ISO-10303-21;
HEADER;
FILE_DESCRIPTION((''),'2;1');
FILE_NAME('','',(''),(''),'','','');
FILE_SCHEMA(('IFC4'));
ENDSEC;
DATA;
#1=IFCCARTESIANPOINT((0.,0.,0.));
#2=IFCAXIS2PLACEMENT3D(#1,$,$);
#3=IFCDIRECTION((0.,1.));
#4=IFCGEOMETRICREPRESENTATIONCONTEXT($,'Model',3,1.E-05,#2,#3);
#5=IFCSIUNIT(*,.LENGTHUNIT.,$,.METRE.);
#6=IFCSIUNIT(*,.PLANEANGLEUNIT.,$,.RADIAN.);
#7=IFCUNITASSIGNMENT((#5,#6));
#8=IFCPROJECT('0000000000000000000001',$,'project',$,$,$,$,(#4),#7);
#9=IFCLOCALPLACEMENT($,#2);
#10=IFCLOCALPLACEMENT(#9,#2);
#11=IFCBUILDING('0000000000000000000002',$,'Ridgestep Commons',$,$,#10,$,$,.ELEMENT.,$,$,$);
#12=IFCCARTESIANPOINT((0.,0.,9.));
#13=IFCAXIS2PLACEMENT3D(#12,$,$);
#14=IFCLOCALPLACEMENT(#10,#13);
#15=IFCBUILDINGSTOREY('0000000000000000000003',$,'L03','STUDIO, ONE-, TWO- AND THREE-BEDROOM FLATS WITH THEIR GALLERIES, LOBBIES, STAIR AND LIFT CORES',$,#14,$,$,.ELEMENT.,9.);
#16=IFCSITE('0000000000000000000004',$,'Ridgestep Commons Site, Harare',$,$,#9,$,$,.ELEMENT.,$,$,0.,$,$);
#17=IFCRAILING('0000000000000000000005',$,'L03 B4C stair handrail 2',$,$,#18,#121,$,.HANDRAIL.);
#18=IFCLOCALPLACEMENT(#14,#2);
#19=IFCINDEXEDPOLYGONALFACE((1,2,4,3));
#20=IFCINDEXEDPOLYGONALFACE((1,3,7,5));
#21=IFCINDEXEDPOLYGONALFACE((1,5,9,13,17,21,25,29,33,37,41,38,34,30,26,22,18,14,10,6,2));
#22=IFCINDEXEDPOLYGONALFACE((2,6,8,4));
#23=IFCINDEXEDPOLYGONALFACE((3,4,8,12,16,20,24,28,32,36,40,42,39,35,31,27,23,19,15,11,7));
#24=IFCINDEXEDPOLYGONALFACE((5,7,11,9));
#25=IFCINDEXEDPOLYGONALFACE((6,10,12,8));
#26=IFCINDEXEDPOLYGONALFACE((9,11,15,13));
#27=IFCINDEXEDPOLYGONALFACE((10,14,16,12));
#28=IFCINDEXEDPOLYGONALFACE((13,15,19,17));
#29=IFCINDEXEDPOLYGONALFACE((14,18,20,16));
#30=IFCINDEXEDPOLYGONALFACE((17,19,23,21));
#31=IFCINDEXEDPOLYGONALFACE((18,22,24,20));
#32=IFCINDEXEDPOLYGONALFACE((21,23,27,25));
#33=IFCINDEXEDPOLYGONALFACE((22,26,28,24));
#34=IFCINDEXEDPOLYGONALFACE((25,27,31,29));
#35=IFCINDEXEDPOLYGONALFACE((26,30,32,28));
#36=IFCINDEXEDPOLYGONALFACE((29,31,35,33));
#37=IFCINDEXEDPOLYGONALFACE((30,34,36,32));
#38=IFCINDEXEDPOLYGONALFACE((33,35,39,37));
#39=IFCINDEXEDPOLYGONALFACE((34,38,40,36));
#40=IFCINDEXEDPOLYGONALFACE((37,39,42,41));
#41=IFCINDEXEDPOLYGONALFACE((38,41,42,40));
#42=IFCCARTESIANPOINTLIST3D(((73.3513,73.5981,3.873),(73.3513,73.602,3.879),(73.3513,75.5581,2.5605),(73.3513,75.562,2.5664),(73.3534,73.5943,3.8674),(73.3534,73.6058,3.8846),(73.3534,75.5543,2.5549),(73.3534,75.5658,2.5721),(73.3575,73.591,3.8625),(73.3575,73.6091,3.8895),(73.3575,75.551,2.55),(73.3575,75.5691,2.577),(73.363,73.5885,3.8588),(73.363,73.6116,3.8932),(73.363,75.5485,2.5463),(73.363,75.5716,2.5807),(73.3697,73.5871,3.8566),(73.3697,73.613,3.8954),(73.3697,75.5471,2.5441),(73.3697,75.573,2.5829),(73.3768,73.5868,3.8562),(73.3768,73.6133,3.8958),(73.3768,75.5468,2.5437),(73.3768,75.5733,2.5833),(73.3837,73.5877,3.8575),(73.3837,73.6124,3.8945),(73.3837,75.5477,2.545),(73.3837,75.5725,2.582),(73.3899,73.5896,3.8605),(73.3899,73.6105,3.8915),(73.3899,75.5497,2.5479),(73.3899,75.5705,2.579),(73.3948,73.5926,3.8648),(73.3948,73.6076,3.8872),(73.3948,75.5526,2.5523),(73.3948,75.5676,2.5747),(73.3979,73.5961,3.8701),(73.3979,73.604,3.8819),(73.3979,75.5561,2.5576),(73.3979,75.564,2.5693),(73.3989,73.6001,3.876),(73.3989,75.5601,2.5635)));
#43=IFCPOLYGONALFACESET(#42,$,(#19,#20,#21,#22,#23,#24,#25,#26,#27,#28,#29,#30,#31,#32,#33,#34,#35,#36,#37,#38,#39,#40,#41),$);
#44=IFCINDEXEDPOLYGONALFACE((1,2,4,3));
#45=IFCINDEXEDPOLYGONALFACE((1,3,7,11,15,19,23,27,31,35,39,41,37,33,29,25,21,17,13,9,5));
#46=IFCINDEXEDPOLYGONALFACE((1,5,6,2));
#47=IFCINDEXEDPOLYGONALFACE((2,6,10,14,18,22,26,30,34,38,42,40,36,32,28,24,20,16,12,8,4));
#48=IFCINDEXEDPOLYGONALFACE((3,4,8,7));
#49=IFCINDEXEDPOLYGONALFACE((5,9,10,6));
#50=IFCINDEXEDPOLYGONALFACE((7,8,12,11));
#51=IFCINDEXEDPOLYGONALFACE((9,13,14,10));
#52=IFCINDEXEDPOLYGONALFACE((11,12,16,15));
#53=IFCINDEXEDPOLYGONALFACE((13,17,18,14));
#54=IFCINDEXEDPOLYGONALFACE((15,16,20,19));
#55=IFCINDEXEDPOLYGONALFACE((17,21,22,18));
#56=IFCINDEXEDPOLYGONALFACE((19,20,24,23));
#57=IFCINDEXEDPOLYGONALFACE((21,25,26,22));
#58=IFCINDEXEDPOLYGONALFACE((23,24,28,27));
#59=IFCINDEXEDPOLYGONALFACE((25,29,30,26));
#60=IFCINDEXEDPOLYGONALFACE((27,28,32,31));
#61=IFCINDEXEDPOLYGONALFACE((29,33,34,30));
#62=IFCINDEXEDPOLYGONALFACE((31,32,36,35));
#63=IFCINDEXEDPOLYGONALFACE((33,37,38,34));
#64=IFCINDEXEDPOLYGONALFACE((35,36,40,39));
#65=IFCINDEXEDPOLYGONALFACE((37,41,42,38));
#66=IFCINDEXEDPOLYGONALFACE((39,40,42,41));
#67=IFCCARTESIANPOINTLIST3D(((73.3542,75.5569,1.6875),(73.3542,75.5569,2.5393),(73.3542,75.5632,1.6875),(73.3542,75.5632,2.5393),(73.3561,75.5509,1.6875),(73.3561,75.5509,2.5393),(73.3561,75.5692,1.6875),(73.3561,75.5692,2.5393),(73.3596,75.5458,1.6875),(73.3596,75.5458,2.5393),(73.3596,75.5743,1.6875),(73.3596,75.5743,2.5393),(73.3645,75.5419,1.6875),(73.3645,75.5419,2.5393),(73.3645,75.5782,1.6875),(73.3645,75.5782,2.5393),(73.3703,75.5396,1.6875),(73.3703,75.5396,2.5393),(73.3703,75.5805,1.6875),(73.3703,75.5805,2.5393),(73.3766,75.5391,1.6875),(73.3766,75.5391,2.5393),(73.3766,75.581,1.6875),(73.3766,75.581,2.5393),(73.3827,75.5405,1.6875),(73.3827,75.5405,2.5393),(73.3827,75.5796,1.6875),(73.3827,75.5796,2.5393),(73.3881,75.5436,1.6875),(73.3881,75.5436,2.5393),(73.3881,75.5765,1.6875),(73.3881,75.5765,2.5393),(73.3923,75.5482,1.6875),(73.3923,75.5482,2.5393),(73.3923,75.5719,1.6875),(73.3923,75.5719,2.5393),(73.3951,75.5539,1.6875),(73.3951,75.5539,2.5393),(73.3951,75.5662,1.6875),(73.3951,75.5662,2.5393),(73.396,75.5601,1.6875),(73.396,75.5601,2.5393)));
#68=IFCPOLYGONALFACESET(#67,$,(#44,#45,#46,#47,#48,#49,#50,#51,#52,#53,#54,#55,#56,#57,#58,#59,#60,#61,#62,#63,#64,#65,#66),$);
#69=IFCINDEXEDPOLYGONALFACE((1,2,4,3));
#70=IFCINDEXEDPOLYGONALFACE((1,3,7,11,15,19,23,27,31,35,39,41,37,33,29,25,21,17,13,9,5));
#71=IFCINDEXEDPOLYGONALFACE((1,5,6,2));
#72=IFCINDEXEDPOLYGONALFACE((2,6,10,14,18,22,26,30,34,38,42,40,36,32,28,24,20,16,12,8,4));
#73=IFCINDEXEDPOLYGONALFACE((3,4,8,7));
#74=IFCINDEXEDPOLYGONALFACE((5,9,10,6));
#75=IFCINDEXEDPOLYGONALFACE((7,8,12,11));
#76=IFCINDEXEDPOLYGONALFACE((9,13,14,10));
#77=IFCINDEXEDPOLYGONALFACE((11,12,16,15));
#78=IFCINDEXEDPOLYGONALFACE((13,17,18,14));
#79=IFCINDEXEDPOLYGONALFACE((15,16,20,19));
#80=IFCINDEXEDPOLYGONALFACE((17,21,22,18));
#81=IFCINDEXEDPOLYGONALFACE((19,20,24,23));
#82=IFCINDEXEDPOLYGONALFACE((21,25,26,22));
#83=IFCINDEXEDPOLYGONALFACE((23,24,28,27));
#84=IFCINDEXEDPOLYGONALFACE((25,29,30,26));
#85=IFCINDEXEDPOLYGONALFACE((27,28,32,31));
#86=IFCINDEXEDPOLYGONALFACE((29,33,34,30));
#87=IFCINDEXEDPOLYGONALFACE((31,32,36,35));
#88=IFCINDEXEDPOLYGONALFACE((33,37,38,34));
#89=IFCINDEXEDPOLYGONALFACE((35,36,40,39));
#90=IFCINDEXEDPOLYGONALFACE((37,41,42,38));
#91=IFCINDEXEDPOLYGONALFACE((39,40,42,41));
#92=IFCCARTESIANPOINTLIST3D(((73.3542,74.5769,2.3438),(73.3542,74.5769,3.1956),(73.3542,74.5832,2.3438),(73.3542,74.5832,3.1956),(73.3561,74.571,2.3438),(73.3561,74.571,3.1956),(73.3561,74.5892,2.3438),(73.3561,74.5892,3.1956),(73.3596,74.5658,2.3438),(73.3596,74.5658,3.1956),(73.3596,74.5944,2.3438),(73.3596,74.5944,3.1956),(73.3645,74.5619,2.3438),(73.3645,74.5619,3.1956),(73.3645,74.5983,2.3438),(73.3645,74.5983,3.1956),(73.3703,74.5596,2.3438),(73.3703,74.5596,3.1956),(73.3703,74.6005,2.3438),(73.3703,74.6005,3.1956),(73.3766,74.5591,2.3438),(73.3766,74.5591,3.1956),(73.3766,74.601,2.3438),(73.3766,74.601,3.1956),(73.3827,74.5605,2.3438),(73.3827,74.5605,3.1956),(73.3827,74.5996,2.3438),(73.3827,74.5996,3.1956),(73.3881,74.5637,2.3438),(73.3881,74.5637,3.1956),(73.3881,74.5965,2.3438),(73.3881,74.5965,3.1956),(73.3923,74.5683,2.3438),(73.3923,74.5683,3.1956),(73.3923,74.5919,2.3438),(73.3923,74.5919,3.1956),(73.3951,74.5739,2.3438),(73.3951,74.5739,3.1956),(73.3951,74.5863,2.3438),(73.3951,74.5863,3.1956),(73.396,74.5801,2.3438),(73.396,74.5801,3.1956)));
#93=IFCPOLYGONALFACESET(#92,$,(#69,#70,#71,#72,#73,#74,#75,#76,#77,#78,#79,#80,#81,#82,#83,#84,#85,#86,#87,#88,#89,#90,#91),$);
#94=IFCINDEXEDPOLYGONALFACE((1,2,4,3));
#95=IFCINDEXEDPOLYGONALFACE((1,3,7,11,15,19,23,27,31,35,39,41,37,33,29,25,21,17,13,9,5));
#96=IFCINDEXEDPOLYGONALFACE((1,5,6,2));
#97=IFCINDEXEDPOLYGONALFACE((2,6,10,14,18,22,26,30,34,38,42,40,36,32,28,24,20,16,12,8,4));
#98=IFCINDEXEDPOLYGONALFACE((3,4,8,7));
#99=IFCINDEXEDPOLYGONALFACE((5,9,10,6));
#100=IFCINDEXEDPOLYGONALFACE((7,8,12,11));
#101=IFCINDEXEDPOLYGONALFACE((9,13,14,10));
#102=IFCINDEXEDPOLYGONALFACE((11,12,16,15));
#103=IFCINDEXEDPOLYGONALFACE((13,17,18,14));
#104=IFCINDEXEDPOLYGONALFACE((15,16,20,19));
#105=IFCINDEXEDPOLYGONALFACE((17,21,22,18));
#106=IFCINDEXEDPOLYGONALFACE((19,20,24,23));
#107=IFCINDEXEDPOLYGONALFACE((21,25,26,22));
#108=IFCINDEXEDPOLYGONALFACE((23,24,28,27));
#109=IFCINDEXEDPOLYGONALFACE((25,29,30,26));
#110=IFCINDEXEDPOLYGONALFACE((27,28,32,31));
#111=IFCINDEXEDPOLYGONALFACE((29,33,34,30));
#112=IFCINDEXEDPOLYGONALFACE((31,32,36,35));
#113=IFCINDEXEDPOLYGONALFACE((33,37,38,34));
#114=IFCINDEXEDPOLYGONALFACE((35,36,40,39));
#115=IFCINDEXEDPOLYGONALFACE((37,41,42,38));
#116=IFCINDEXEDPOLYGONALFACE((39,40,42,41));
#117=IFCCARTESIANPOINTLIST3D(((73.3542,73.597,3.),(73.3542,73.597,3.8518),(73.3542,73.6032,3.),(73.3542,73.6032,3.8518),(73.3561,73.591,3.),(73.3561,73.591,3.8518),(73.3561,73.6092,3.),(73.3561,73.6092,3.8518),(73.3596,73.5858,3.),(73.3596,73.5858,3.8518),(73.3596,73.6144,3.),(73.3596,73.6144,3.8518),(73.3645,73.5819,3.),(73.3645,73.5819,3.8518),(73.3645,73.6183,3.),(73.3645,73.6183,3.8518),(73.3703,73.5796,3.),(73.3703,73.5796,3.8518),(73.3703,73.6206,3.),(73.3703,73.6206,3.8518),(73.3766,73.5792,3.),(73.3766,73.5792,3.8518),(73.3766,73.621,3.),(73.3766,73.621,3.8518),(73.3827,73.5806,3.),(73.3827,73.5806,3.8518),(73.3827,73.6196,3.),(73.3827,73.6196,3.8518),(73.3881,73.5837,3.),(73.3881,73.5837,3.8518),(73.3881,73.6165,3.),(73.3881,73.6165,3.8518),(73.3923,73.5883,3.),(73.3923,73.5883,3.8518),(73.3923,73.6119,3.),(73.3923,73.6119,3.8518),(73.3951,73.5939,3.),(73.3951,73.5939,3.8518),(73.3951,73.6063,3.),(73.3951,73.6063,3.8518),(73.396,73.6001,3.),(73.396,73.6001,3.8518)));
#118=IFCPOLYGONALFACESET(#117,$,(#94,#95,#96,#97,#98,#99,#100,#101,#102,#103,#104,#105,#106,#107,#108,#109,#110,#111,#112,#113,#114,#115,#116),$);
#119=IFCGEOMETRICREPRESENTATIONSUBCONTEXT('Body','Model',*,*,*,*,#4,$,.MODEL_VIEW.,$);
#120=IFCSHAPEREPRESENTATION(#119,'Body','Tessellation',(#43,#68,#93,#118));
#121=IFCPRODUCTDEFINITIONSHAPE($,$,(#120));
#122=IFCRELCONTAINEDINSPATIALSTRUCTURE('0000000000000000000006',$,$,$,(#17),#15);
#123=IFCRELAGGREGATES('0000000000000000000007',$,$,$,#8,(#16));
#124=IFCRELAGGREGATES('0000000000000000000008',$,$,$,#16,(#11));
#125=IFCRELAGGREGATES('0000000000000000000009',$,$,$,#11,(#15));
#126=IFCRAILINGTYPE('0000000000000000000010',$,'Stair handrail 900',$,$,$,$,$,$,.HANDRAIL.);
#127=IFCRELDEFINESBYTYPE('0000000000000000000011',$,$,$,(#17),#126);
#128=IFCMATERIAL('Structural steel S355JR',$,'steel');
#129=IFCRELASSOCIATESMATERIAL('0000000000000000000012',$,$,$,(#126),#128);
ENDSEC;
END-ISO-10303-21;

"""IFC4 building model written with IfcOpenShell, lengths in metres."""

from ifc_helpers import new_model, si_unit, direction, frame, origin, origin_2d, place, context, subcontext, project, spatial, circle, extrude, material, type_object, element, save


model = new_model("IFC4")

# Units and contexts
model_context = context("Model", 3, precision=1e-05, world=origin(), true_north=direction((0.0, 1.0)))
body_context = subcontext(model_context, "Body", "Model", "MODEL_VIEW")
ifc_project = project(units=[si_unit("LENGTHUNIT", "METRE"), si_unit("PLANEANGLEUNIT", "RADIAN")], contexts=[model_context])

# Site, building, storey
site_placement = place(None, origin())
site = spatial("IfcSite", under=ifc_project, at=site_placement, Name="Ridgestep Commons Site, Harare", CompositionType="ELEMENT", RefElevation=0.0)
building_placement = place(site_placement, origin())
building = spatial("IfcBuilding", under=site, at=building_placement, Name="Ridgestep Commons", CompositionType="ELEMENT")
storey_placement = place(building_placement, frame((0.0, 0.0, 9.0)))
storey = spatial("IfcBuildingStorey", under=building, at=storey_placement, Name="L03", Description="STUDIO, ONE-, TWO- AND THREE-BEDROOM FLATS WITH THEIR GALLERIES, LOBBIES, STAIR AND LIFT CORES", CompositionType="ELEMENT", Elevation=9.0)

# Railing
ifc_material_1 = material(Name="Structural steel S355JR", Category="steel")
railing_type_1 = type_object("IfcRailingType", Name="Stair handrail 900", PredefinedType="HANDRAIL", material=ifc_material_1)
railing_1_placement = place(storey_placement, frame((73.375, 75.5601, 1.6875)))
element("IfcRailing", 1, at=railing_1_placement, inside=storey, type_object=railing_type_1, Name="L03 B4C stair handrail 2", PredefinedType="HANDRAIL", context=body_context, shape_type="SweptSolid", body=[
    extrude(circle(Radius=0.0239, at=origin_2d()), frame((0.0, 0.0, 0.876), z_axis=(0.0, -0.830902, 0.556419), x_axis=(1.0, 0.0, 0.0)), (0.0, 0.0, 1.0), 2.3589),
    extrude(circle(Radius=0.021, at=origin_2d()), origin(), (0.0, 0.0, 1.0), 0.8518),
    extrude(circle(Radius=0.021, at=origin_2d()), frame((0.0, -0.98, 0.6562)), (0.0, 0.0, 1.0), 0.8518),
    extrude(circle(Radius=0.021, at=origin_2d()), frame((0.0, -1.96, 1.3125)), (0.0, 0.0, 1.0), 0.8518),
])

save(model, "model.ifc")
